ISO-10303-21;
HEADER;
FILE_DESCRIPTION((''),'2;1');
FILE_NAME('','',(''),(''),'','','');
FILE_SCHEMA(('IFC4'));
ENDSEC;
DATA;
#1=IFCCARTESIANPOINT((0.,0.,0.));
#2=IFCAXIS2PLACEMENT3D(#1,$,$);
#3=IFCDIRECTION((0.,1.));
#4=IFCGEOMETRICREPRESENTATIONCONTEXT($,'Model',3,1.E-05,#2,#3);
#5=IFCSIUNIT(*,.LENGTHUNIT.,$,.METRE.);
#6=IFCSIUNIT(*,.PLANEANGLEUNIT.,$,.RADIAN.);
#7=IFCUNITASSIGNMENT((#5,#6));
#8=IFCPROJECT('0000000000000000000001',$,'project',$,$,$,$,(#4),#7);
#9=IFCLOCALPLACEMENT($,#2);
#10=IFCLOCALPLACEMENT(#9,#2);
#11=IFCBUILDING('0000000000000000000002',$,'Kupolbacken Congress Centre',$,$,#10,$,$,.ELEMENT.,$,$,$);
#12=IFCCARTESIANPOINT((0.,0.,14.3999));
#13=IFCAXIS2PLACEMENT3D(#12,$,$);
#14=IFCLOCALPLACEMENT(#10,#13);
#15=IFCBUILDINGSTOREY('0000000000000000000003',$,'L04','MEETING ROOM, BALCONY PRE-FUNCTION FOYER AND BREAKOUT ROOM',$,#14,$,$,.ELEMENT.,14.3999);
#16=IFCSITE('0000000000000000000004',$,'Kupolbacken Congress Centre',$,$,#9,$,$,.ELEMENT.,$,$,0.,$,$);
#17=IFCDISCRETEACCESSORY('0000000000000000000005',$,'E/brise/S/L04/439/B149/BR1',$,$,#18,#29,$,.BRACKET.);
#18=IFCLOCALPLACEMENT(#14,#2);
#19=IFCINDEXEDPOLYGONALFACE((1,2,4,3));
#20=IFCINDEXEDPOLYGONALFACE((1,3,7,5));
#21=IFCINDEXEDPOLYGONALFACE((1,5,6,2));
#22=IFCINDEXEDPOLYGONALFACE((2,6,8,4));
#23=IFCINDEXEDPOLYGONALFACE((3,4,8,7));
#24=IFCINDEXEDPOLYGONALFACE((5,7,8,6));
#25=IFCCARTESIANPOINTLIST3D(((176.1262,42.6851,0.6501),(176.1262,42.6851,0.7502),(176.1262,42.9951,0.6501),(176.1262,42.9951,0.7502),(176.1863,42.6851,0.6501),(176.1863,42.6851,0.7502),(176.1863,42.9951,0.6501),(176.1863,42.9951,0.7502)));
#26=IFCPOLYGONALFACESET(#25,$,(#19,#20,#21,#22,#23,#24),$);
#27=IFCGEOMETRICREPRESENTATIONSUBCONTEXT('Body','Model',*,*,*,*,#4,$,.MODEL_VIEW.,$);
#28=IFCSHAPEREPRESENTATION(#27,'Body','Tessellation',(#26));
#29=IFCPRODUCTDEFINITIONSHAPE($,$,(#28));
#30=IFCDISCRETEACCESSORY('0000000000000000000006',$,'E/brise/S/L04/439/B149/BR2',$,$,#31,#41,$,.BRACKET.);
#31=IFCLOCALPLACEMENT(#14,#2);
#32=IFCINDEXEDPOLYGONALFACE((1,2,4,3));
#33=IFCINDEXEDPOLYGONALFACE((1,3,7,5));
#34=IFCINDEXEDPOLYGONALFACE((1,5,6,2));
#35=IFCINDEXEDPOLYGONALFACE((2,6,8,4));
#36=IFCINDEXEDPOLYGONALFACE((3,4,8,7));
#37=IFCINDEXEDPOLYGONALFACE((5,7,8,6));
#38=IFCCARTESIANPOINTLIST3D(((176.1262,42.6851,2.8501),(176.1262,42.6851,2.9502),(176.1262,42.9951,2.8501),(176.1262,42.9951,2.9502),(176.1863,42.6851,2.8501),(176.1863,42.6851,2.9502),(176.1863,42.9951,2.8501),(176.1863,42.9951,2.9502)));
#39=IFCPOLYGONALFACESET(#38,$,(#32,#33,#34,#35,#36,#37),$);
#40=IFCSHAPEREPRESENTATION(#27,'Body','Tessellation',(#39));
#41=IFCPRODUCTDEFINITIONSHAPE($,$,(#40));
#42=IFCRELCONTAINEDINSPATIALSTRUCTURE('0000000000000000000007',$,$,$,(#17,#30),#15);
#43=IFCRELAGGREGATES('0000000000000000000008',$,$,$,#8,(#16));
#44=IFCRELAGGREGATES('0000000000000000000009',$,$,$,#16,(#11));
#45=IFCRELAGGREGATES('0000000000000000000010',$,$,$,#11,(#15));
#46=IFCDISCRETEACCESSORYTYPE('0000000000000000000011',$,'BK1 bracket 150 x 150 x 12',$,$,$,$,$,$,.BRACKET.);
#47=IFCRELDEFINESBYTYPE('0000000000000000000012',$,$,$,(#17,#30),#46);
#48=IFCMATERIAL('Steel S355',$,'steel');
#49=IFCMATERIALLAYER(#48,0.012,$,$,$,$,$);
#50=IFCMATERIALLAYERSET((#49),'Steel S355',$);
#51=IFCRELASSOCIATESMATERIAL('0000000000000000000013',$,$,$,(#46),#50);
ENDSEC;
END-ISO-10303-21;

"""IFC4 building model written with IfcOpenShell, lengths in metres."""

from ifc_helpers import new_model, si_unit, direction, frame, origin, origin_2d, place, context, subcontext, project, spatial, rectangle, extrude, material, layer, layer_set, type_object, element, save


model = new_model("IFC4")

# Units and contexts
model_context = context("Model", 3, precision=1e-05, world=origin(), true_north=direction((0.0, 1.0)))
body_context = subcontext(model_context, "Body", "Model", "MODEL_VIEW")
ifc_project = project(units=[si_unit("LENGTHUNIT", "METRE"), si_unit("PLANEANGLEUNIT", "RADIAN")], contexts=[model_context])

# Site, building, storey
site_placement = place(None, origin())
site = spatial("IfcSite", under=ifc_project, at=site_placement, Name="Kupolbacken Congress Centre", CompositionType="ELEMENT", RefElevation=0.0)
building_placement = place(site_placement, origin())
building = spatial("IfcBuilding", under=site, at=building_placement, Name="Kupolbacken Congress Centre", CompositionType="ELEMENT")
storey_placement = place(building_placement, frame((0.0, 0.0, 14.3999)))
storey = spatial("IfcBuildingStorey", under=building, at=storey_placement, Name="L04", Description="MEETING ROOM, BALCONY PRE-FUNCTION FOYER AND BREAKOUT ROOM", CompositionType="ELEMENT", Elevation=14.3999)

# Discrete accessories
ifc_material_1 = material(Name="Steel S355", Category="steel")
ifc_layer_1 = layer(ifc_material_1, 0.012)
ifc_layer_set_1 = layer_set([ifc_layer_1], Name="Steel S355")
discrete_accessory_type = type_object("IfcDiscreteAccessoryType", Name="BK1 bracket 150 x 150 x 12", PredefinedType="BRACKET", material=ifc_layer_set_1)
for number, where, z_axis, x_axis, name in (
    (1, (176.1562, 42.8401, 0.6501), (0.0, 0.0, 1.0), (1.0, 0.0, 0.0), "E/brise/S/L04/439/B149/BR1"),
    (2, (176.1562, 42.8401, 2.8501), (0.0, 0.0, 1.0), (1.0, 0.0, 0.0), "E/brise/S/L04/439/B149/BR2"),
):
    element("IfcDiscreteAccessory", number, at=place(storey_placement, frame(where, z_axis=z_axis, x_axis=x_axis)), inside=storey, type_object=discrete_accessory_type, Name=name, PredefinedType="BRACKET", context=body_context, shape_type="SweptSolid", body=[
        extrude(rectangle(XDim=0.0601, YDim=0.3101, at=origin_2d()), origin(), (0.0, 0.0, 1.0), 0.1001),
    ])

save(model, "model.ifc")
